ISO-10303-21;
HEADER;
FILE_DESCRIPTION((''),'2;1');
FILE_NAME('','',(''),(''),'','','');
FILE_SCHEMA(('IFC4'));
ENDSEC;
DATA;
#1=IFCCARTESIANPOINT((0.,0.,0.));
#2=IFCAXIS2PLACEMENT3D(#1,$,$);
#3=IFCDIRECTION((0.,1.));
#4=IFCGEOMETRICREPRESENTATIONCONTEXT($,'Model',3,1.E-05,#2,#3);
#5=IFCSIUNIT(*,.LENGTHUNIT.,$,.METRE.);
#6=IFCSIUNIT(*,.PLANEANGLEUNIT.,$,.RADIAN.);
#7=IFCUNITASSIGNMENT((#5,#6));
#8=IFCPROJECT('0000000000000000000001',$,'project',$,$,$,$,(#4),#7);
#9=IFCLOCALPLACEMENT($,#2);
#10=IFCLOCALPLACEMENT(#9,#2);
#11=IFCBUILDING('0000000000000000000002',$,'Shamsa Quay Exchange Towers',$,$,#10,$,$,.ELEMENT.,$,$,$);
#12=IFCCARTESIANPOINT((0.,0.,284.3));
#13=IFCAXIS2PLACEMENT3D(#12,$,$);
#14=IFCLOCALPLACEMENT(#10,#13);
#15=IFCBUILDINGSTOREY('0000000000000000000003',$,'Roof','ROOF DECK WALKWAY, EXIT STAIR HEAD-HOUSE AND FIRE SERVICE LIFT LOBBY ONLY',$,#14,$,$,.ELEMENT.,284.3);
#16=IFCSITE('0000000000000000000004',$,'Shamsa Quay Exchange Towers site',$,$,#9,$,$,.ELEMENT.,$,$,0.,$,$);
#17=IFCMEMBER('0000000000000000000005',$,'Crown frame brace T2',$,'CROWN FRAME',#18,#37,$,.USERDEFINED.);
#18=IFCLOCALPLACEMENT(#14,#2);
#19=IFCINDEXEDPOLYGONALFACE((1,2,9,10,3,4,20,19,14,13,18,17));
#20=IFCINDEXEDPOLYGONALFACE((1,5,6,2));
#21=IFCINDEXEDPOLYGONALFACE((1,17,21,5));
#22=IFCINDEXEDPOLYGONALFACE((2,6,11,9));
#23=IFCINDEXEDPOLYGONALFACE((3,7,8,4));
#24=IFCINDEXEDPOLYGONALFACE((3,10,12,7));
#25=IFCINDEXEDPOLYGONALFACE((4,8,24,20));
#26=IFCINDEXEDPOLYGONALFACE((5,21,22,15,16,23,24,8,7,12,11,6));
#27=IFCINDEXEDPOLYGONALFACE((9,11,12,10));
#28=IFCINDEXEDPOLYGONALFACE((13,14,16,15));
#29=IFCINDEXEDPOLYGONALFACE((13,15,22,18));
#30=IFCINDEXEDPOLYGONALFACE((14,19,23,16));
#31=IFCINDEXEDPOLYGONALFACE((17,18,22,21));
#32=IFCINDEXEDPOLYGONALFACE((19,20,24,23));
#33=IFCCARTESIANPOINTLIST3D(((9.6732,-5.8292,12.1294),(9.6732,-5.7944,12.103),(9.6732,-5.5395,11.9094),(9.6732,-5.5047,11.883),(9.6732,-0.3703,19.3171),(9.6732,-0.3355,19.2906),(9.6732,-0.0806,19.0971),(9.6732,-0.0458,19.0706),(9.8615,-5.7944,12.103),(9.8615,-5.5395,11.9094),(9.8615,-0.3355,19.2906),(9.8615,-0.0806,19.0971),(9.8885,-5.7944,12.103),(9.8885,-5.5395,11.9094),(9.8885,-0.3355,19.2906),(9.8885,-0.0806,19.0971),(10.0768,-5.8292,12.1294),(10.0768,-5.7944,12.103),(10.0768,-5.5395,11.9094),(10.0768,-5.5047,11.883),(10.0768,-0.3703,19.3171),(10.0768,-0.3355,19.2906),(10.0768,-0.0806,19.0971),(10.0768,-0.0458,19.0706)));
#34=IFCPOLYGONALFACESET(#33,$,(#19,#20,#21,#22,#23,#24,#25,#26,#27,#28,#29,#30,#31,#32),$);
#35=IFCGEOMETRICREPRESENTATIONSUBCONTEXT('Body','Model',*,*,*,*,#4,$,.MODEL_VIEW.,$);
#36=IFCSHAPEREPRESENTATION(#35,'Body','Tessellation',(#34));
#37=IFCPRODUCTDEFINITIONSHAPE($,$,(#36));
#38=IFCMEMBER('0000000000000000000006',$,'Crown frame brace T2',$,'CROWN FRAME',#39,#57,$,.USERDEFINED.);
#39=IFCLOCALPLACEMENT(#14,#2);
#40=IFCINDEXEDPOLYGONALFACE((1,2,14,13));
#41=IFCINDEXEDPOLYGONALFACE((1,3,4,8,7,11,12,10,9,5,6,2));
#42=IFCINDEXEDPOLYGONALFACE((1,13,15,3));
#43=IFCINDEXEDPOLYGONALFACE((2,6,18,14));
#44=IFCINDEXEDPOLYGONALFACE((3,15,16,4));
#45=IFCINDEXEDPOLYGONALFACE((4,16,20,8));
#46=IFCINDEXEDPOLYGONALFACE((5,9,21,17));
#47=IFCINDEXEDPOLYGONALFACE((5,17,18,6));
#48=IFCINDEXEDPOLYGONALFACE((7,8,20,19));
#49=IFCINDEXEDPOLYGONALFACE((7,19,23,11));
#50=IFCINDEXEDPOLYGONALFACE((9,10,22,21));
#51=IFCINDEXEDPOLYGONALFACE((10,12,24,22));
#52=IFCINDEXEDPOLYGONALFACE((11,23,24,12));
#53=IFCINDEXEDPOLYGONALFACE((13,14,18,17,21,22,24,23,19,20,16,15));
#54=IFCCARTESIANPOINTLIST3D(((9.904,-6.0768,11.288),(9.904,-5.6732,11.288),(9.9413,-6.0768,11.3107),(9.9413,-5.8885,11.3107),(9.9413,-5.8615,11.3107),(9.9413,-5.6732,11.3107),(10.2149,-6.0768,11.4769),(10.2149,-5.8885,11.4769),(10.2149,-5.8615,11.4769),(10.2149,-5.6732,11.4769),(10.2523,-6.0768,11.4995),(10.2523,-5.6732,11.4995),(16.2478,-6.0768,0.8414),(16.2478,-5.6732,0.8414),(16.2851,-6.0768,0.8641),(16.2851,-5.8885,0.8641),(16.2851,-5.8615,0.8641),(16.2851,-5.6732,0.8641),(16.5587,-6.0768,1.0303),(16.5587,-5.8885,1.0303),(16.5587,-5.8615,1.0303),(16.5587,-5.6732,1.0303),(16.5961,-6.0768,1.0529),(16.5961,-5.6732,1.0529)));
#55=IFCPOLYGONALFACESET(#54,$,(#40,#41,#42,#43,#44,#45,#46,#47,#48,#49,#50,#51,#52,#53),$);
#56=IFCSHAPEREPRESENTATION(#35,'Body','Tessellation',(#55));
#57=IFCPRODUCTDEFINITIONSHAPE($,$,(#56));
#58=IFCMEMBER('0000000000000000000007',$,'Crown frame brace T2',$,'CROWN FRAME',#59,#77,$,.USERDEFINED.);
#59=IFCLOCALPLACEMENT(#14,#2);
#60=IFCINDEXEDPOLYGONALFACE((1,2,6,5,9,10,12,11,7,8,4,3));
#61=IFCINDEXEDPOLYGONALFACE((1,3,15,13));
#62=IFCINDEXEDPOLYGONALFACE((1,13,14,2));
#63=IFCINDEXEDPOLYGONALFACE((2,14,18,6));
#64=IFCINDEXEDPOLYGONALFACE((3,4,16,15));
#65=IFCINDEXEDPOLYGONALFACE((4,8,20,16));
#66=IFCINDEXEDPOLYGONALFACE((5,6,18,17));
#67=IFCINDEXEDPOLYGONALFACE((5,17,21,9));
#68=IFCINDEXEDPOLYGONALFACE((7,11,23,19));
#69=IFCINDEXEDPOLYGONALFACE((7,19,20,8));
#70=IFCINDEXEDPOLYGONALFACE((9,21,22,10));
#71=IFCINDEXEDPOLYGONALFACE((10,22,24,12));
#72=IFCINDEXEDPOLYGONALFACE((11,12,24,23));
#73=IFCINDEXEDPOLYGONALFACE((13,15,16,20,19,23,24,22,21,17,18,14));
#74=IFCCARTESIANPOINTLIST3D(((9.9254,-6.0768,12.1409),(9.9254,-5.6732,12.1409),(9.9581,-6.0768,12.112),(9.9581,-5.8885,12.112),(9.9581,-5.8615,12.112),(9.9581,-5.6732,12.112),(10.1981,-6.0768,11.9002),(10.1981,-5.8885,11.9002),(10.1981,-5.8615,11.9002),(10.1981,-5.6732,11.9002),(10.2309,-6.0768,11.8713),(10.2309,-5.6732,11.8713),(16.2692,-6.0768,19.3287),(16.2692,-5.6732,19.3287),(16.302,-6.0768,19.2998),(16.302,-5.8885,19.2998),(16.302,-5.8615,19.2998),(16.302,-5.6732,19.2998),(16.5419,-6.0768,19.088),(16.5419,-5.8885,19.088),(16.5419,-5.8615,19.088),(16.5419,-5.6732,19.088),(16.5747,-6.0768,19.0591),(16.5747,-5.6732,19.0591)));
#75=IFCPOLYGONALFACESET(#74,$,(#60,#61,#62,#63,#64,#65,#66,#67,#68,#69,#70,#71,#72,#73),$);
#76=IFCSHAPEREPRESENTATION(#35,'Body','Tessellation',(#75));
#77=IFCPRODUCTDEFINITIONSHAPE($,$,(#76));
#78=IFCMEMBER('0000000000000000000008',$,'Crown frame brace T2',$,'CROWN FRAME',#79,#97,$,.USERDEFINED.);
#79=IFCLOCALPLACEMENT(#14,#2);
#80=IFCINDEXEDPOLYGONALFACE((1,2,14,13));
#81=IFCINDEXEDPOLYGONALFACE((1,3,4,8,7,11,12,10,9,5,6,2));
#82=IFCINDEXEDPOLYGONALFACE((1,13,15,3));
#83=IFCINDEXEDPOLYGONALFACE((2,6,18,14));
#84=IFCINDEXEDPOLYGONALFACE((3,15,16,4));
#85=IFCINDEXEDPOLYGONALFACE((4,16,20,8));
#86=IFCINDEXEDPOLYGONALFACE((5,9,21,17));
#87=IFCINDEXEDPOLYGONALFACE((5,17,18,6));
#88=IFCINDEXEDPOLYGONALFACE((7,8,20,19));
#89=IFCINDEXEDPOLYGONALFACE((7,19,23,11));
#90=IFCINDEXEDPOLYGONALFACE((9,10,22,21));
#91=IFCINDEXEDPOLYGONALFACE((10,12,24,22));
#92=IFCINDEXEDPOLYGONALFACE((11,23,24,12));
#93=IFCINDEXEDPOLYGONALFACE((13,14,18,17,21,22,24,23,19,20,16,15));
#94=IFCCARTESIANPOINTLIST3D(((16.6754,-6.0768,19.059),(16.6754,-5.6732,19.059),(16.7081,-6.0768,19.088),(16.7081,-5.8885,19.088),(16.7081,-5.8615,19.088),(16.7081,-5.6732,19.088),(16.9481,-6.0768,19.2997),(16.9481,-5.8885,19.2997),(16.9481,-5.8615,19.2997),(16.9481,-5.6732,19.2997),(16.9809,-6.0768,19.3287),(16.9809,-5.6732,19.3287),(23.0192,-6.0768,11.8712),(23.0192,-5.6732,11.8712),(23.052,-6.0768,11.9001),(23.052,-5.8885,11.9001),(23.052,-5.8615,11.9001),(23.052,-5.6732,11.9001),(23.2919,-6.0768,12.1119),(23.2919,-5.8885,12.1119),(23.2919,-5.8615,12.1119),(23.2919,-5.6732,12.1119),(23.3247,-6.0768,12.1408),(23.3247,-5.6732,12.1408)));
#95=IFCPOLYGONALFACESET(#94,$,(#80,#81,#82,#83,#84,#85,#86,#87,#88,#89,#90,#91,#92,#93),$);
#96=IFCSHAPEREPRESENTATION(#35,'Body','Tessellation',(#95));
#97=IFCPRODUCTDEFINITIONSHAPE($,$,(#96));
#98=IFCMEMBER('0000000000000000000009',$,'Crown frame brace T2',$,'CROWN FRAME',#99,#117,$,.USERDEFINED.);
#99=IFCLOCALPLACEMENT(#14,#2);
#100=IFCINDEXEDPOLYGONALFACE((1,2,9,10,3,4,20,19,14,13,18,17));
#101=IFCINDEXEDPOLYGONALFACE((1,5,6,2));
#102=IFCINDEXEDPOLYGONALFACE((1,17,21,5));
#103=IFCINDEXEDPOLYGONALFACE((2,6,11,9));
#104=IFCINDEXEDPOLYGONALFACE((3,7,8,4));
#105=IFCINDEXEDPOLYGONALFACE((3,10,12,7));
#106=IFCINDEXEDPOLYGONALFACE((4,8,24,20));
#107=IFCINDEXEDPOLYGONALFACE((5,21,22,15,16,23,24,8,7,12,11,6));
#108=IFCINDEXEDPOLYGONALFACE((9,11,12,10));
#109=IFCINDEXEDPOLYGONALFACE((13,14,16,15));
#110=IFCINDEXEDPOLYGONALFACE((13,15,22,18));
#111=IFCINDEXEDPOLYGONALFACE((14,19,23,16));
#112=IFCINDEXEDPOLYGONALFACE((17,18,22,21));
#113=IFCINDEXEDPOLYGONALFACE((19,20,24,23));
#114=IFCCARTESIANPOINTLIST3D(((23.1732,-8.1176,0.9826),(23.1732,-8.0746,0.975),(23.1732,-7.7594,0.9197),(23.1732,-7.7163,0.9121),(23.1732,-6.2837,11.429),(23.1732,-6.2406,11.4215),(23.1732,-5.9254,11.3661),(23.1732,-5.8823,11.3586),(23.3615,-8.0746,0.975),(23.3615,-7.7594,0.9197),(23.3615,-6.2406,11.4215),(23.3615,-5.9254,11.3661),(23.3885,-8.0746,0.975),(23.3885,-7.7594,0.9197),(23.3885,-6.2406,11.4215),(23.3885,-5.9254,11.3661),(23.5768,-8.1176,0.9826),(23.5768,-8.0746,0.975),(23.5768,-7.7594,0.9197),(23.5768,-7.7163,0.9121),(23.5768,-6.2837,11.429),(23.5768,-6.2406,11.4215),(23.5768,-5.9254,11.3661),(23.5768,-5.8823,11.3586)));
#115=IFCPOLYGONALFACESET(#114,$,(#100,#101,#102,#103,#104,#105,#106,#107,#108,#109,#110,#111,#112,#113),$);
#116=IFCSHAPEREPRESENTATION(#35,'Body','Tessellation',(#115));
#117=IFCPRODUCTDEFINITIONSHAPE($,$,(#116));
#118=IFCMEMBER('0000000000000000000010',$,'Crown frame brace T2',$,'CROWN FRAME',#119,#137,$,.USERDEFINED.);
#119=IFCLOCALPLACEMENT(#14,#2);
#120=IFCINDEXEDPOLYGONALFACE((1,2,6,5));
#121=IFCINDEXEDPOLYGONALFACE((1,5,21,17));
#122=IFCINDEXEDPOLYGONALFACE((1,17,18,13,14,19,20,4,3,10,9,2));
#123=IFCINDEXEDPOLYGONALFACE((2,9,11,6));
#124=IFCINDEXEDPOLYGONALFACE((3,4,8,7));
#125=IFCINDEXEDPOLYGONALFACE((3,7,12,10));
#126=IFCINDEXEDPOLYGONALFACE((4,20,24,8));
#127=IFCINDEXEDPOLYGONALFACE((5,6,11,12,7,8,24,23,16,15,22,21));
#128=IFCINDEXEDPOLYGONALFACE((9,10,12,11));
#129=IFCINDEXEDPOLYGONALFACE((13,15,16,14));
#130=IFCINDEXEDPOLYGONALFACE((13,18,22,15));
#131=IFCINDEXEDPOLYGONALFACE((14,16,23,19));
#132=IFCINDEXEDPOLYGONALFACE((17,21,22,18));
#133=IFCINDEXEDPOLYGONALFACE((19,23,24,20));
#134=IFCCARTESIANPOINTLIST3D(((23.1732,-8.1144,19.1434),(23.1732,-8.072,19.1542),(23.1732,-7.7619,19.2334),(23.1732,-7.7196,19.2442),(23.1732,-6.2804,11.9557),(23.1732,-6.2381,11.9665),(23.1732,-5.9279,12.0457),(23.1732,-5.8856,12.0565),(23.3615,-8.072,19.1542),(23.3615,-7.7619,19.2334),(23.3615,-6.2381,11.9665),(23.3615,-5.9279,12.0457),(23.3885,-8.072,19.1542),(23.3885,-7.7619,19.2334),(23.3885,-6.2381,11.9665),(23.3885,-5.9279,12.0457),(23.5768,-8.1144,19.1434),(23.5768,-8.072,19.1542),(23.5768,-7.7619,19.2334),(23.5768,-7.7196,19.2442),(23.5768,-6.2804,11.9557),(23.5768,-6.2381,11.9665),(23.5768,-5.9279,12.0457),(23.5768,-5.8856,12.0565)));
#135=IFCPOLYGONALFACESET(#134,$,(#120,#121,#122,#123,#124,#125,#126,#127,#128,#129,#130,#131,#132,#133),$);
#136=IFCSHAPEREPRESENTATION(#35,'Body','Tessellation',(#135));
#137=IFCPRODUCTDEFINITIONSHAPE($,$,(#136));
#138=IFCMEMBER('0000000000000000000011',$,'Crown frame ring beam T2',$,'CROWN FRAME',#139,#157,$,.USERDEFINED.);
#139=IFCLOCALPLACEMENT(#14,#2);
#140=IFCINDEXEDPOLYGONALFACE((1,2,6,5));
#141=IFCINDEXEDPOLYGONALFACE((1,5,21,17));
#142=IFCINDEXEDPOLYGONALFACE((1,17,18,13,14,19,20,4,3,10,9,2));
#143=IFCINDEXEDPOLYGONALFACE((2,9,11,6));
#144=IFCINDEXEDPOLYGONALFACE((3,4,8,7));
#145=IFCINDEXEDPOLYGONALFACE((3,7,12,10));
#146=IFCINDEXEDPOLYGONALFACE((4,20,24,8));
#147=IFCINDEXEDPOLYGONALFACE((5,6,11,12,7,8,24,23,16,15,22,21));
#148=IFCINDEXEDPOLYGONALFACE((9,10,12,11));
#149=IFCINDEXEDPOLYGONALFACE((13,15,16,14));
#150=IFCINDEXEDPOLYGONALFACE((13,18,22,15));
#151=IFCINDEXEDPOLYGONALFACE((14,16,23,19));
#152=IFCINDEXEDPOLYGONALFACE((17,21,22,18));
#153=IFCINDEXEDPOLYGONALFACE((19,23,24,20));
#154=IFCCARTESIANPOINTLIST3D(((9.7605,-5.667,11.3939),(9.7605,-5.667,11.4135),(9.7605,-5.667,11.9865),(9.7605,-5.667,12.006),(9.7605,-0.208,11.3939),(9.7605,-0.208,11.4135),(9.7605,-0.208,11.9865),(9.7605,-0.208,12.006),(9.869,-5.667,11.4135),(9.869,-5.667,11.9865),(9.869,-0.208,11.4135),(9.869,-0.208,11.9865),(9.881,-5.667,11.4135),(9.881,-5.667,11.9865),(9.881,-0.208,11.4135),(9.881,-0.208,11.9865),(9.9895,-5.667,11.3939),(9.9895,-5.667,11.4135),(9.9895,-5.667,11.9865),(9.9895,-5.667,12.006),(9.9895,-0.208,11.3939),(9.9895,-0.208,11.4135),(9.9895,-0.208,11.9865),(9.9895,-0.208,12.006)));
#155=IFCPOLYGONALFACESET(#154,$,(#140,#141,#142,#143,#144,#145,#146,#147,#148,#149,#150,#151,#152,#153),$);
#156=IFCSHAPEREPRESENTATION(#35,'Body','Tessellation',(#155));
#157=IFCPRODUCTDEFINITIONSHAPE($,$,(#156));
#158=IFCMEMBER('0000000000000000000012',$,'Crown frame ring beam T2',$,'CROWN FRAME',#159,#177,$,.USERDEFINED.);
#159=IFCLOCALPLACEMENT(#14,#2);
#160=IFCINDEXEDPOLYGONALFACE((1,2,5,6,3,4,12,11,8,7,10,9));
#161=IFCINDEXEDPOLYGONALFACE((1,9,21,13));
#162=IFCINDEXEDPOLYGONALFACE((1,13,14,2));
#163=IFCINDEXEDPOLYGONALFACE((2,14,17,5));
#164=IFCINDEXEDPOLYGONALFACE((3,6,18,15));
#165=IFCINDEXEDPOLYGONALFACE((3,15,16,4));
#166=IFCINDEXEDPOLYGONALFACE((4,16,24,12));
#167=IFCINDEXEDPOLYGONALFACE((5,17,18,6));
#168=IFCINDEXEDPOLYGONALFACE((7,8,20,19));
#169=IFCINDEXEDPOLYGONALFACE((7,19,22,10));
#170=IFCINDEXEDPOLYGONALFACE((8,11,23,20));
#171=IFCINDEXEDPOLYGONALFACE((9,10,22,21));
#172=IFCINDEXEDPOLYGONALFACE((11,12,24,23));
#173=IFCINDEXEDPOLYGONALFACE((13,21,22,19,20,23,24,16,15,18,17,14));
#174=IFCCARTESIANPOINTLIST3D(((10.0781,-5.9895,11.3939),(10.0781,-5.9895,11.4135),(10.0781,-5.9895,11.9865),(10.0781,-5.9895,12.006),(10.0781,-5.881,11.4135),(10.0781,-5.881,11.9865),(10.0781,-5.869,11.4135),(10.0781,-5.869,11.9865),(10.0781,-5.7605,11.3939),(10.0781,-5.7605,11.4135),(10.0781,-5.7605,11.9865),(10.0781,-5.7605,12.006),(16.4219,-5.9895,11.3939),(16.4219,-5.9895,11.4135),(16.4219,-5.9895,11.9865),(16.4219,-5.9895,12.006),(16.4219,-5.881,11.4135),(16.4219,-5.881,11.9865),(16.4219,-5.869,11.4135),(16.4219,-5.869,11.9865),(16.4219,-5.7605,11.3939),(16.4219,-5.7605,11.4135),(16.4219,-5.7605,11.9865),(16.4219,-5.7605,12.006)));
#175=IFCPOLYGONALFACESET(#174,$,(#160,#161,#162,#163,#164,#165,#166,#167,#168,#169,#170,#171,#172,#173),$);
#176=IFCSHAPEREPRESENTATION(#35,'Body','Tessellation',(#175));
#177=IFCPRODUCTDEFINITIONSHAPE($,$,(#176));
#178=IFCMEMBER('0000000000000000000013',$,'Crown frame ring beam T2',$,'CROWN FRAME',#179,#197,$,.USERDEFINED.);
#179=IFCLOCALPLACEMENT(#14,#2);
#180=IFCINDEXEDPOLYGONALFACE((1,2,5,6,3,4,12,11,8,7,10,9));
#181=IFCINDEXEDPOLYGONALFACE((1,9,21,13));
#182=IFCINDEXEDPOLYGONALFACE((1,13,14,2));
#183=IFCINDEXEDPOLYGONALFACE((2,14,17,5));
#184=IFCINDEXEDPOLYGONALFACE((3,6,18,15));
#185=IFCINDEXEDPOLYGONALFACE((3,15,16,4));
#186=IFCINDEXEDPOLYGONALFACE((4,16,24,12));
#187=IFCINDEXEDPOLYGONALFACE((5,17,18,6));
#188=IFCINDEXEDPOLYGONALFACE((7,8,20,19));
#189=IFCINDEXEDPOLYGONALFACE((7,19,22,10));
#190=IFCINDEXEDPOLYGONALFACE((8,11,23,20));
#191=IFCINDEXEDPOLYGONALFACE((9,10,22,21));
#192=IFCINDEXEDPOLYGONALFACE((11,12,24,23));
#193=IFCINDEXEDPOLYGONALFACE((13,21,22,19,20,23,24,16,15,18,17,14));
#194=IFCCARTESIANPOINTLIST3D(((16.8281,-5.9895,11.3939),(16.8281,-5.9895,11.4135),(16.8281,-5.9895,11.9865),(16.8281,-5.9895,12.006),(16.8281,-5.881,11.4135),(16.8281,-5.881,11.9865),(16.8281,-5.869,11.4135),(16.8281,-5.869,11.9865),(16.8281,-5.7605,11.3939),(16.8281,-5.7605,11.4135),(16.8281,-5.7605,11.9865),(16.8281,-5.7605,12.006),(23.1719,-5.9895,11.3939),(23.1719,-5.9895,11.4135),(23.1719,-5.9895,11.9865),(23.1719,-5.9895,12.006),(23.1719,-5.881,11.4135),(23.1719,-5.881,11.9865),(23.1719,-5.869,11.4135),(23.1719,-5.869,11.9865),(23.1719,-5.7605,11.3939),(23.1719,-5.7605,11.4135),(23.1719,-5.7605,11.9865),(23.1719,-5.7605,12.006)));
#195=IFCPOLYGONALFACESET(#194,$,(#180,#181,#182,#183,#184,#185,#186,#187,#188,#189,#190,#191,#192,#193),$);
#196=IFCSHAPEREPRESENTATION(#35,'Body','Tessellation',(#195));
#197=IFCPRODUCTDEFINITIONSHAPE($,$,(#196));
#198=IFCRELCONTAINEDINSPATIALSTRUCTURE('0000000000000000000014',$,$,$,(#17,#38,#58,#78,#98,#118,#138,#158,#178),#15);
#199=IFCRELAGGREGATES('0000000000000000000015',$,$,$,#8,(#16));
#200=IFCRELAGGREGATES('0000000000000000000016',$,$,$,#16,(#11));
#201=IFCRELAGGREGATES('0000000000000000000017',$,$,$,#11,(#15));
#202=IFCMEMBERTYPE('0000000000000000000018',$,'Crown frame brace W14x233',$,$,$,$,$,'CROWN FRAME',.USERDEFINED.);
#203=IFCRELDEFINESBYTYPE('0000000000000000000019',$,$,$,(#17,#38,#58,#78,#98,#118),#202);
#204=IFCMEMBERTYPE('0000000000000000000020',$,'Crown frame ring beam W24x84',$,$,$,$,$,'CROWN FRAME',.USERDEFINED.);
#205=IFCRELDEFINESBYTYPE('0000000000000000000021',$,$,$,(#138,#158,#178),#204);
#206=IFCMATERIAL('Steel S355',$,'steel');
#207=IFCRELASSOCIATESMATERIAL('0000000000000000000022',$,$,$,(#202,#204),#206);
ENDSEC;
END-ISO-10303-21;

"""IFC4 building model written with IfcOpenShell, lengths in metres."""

from ifc_helpers import new_model, si_unit, direction, frame, origin, origin_2d, place, context, subcontext, project, spatial, i_section, extrude, material, material_profile, profile_set, type_object, element, save


model = new_model("IFC4")

# Units and contexts
model_context = context("Model", 3, precision=1e-05, world=origin(), true_north=direction((0.0, 1.0)))
body_context = subcontext(model_context, "Body", "Model", "MODEL_VIEW")
ifc_project = project(units=[si_unit("LENGTHUNIT", "METRE"), si_unit("PLANEANGLEUNIT", "RADIAN")], contexts=[model_context])

# Site, building, storey
site_placement = place(None, origin())
site = spatial("IfcSite", under=ifc_project, at=site_placement, Name="Shamsa Quay Exchange Towers site", CompositionType="ELEMENT", RefElevation=0.0)
building_placement = place(site_placement, origin())
building = spatial("IfcBuilding", under=site, at=building_placement, Name="Shamsa Quay Exchange Towers", CompositionType="ELEMENT")
storey_placement = place(building_placement, frame((0.0, 0.0, 284.3)))
storey = spatial("IfcBuildingStorey", under=building, at=storey_placement, Name="Roof", Description="ROOF DECK WALKWAY, EXIT STAIR HEAD-HOUSE AND FIRE SERVICE LIFT LOBBY ONLY", CompositionType="ELEMENT", Elevation=284.3)

# Members
ifc_material_1 = material(Name="Steel S355", Category="steel")
ifc_material_profile_1 = material_profile(ifc_material_1, i_section(OverallWidth=0.4036, OverallDepth=0.4075, WebThickness=0.0271, FlangeThickness=0.0437, at=origin_2d()), Name="W14x233")
ifc_profile_set_1 = profile_set([ifc_material_profile_1], Name="Steel S355")
member_type_1 = type_object("IfcMemberType", Name="Crown frame brace W14x233", ElementType="CROWN FRAME", PredefinedType="USERDEFINED", material=ifc_profile_set_1)
member_1_placement = place(storey_placement, frame((9.875, -0.208, 19.1938), z_axis=(0.0, -0.604823, -0.79636), x_axis=(1.0, 0.0, 0.0)))
element("IfcMember", 1, at=member_1_placement, inside=storey, type_object=member_type_1, Name="Crown frame brace T2", ObjectType="CROWN FRAME", PredefinedType="USERDEFINED", context=body_context, shape_type="SweptSolid", body=[
    extrude(i_section(OverallWidth=0.4036, OverallDepth=0.4075, WebThickness=0.0271, FlangeThickness=0.0437, at=origin_2d()), origin(), (0.0, 0.0, 1.0), 9.0256),
])
member_2_placement = place(storey_placement, frame((10.0781, -5.875, 11.3938), z_axis=(0.519051, 0.0, -0.854744), x_axis=(0.0, 1.0, 0.0)))
element("IfcMember", 2, at=member_2_placement, inside=storey, type_object=member_type_1, Name="Crown frame brace T2", ObjectType="CROWN FRAME", PredefinedType="USERDEFINED", context=body_context, shape_type="SweptSolid", body=[
    extrude(i_section(OverallWidth=0.4036, OverallDepth=0.4075, WebThickness=0.0271, FlangeThickness=0.0437, at=origin_2d()), origin(), (0.0, 0.0, 1.0), 12.2219),
])
for number, where, z_axis, x_axis, name in (
    (3, (10.0781, -5.875, 12.0061), (0.661717, 0.0, 0.749754), (0.0, 1.0, 0.0), "Crown frame brace T2"),
    (4, (16.8281, -5.875, 19.1938), (0.661717, 0.0, -0.749754), (0.0, 1.0, 0.0), "Crown frame brace T2"),
):
    element("IfcMember", number, at=place(storey_placement, frame(where, z_axis=z_axis, x_axis=x_axis)), inside=storey, type_object=member_type_1, Name=name, ObjectType="CROWN FRAME", PredefinedType="USERDEFINED", context=body_context, shape_type="SweptSolid", body=[
        extrude(i_section(OverallWidth=0.4036, OverallDepth=0.4075, WebThickness=0.0271, FlangeThickness=0.0437, at=origin_2d()), origin(), (0.0, 0.0, 1.0), 9.5869),
    ])
member_3_placement = place(storey_placement, frame((23.375, -6.083, 11.3938), z_axis=(0.0, -0.172915, -0.984937), x_axis=(1.0, 0.0, 0.0)))
element("IfcMember", 5, at=member_3_placement, inside=storey, type_object=member_type_1, Name="Crown frame brace T2", ObjectType="CROWN FRAME", PredefinedType="USERDEFINED", context=body_context, shape_type="SweptSolid", body=[
    extrude(i_section(OverallWidth=0.4036, OverallDepth=0.4075, WebThickness=0.0271, FlangeThickness=0.0437, at=origin_2d()), origin(), (0.0, 0.0, 1.0), 10.6062),
])
member_4_placement = place(storey_placement, frame((23.375, -6.083, 12.0061), z_axis=(0.0, -0.247233, 0.968956), x_axis=(1.0, 0.0, 0.0)))
element("IfcMember", 6, at=member_4_placement, inside=storey, type_object=member_type_1, Name="Crown frame brace T2", ObjectType="CROWN FRAME", PredefinedType="USERDEFINED", context=body_context, shape_type="SweptSolid", body=[
    extrude(i_section(OverallWidth=0.4036, OverallDepth=0.4075, WebThickness=0.0271, FlangeThickness=0.0437, at=origin_2d()), origin(), (0.0, 0.0, 1.0), 7.418),
])
ifc_material_profile_2 = material_profile(ifc_material_1, i_section(OverallWidth=0.229, OverallDepth=0.6121, WebThickness=0.012, FlangeThickness=0.0195, at=origin_2d()), Name="W24x84")
ifc_profile_set_2 = profile_set([ifc_material_profile_2], Name="Steel S355")
member_type_2 = type_object("IfcMemberType", Name="Crown frame ring beam W24x84", ElementType="CROWN FRAME", PredefinedType="USERDEFINED", material=ifc_profile_set_2)
member_5_placement = place(storey_placement, frame((9.875, -0.208, 11.7), z_axis=(0.0, -1.0, 0.0), x_axis=(1.0, 0.0, 0.0)))
element("IfcMember", 7, at=member_5_placement, inside=storey, type_object=member_type_2, Name="Crown frame ring beam T2", ObjectType="CROWN FRAME", PredefinedType="USERDEFINED", context=body_context, shape_type="SweptSolid", body=[
    extrude(i_section(OverallWidth=0.229, OverallDepth=0.6121, WebThickness=0.012, FlangeThickness=0.0195, at=origin_2d()), origin(), (0.0, 0.0, 1.0), 5.459),
])
for number, where, z_axis, x_axis, name in (
    (8, (10.0781, -5.875, 11.7), (1.0, 0.0, 0.0), (0.0, 1.0, 0.0), "Crown frame ring beam T2"),
    (9, (16.8281, -5.875, 11.7), (1.0, 0.0, 0.0), (0.0, 1.0, 0.0), "Crown frame ring beam T2"),
):
    element("IfcMember", number, at=place(storey_placement, frame(where, z_axis=z_axis, x_axis=x_axis)), inside=storey, type_object=member_type_2, Name=name, ObjectType="CROWN FRAME", PredefinedType="USERDEFINED", context=body_context, shape_type="SweptSolid", body=[
        extrude(i_section(OverallWidth=0.229, OverallDepth=0.6121, WebThickness=0.012, FlangeThickness=0.0195, at=origin_2d()), origin(), (0.0, 0.0, 1.0), 6.3438),
    ])

save(model, "model.ifc")
